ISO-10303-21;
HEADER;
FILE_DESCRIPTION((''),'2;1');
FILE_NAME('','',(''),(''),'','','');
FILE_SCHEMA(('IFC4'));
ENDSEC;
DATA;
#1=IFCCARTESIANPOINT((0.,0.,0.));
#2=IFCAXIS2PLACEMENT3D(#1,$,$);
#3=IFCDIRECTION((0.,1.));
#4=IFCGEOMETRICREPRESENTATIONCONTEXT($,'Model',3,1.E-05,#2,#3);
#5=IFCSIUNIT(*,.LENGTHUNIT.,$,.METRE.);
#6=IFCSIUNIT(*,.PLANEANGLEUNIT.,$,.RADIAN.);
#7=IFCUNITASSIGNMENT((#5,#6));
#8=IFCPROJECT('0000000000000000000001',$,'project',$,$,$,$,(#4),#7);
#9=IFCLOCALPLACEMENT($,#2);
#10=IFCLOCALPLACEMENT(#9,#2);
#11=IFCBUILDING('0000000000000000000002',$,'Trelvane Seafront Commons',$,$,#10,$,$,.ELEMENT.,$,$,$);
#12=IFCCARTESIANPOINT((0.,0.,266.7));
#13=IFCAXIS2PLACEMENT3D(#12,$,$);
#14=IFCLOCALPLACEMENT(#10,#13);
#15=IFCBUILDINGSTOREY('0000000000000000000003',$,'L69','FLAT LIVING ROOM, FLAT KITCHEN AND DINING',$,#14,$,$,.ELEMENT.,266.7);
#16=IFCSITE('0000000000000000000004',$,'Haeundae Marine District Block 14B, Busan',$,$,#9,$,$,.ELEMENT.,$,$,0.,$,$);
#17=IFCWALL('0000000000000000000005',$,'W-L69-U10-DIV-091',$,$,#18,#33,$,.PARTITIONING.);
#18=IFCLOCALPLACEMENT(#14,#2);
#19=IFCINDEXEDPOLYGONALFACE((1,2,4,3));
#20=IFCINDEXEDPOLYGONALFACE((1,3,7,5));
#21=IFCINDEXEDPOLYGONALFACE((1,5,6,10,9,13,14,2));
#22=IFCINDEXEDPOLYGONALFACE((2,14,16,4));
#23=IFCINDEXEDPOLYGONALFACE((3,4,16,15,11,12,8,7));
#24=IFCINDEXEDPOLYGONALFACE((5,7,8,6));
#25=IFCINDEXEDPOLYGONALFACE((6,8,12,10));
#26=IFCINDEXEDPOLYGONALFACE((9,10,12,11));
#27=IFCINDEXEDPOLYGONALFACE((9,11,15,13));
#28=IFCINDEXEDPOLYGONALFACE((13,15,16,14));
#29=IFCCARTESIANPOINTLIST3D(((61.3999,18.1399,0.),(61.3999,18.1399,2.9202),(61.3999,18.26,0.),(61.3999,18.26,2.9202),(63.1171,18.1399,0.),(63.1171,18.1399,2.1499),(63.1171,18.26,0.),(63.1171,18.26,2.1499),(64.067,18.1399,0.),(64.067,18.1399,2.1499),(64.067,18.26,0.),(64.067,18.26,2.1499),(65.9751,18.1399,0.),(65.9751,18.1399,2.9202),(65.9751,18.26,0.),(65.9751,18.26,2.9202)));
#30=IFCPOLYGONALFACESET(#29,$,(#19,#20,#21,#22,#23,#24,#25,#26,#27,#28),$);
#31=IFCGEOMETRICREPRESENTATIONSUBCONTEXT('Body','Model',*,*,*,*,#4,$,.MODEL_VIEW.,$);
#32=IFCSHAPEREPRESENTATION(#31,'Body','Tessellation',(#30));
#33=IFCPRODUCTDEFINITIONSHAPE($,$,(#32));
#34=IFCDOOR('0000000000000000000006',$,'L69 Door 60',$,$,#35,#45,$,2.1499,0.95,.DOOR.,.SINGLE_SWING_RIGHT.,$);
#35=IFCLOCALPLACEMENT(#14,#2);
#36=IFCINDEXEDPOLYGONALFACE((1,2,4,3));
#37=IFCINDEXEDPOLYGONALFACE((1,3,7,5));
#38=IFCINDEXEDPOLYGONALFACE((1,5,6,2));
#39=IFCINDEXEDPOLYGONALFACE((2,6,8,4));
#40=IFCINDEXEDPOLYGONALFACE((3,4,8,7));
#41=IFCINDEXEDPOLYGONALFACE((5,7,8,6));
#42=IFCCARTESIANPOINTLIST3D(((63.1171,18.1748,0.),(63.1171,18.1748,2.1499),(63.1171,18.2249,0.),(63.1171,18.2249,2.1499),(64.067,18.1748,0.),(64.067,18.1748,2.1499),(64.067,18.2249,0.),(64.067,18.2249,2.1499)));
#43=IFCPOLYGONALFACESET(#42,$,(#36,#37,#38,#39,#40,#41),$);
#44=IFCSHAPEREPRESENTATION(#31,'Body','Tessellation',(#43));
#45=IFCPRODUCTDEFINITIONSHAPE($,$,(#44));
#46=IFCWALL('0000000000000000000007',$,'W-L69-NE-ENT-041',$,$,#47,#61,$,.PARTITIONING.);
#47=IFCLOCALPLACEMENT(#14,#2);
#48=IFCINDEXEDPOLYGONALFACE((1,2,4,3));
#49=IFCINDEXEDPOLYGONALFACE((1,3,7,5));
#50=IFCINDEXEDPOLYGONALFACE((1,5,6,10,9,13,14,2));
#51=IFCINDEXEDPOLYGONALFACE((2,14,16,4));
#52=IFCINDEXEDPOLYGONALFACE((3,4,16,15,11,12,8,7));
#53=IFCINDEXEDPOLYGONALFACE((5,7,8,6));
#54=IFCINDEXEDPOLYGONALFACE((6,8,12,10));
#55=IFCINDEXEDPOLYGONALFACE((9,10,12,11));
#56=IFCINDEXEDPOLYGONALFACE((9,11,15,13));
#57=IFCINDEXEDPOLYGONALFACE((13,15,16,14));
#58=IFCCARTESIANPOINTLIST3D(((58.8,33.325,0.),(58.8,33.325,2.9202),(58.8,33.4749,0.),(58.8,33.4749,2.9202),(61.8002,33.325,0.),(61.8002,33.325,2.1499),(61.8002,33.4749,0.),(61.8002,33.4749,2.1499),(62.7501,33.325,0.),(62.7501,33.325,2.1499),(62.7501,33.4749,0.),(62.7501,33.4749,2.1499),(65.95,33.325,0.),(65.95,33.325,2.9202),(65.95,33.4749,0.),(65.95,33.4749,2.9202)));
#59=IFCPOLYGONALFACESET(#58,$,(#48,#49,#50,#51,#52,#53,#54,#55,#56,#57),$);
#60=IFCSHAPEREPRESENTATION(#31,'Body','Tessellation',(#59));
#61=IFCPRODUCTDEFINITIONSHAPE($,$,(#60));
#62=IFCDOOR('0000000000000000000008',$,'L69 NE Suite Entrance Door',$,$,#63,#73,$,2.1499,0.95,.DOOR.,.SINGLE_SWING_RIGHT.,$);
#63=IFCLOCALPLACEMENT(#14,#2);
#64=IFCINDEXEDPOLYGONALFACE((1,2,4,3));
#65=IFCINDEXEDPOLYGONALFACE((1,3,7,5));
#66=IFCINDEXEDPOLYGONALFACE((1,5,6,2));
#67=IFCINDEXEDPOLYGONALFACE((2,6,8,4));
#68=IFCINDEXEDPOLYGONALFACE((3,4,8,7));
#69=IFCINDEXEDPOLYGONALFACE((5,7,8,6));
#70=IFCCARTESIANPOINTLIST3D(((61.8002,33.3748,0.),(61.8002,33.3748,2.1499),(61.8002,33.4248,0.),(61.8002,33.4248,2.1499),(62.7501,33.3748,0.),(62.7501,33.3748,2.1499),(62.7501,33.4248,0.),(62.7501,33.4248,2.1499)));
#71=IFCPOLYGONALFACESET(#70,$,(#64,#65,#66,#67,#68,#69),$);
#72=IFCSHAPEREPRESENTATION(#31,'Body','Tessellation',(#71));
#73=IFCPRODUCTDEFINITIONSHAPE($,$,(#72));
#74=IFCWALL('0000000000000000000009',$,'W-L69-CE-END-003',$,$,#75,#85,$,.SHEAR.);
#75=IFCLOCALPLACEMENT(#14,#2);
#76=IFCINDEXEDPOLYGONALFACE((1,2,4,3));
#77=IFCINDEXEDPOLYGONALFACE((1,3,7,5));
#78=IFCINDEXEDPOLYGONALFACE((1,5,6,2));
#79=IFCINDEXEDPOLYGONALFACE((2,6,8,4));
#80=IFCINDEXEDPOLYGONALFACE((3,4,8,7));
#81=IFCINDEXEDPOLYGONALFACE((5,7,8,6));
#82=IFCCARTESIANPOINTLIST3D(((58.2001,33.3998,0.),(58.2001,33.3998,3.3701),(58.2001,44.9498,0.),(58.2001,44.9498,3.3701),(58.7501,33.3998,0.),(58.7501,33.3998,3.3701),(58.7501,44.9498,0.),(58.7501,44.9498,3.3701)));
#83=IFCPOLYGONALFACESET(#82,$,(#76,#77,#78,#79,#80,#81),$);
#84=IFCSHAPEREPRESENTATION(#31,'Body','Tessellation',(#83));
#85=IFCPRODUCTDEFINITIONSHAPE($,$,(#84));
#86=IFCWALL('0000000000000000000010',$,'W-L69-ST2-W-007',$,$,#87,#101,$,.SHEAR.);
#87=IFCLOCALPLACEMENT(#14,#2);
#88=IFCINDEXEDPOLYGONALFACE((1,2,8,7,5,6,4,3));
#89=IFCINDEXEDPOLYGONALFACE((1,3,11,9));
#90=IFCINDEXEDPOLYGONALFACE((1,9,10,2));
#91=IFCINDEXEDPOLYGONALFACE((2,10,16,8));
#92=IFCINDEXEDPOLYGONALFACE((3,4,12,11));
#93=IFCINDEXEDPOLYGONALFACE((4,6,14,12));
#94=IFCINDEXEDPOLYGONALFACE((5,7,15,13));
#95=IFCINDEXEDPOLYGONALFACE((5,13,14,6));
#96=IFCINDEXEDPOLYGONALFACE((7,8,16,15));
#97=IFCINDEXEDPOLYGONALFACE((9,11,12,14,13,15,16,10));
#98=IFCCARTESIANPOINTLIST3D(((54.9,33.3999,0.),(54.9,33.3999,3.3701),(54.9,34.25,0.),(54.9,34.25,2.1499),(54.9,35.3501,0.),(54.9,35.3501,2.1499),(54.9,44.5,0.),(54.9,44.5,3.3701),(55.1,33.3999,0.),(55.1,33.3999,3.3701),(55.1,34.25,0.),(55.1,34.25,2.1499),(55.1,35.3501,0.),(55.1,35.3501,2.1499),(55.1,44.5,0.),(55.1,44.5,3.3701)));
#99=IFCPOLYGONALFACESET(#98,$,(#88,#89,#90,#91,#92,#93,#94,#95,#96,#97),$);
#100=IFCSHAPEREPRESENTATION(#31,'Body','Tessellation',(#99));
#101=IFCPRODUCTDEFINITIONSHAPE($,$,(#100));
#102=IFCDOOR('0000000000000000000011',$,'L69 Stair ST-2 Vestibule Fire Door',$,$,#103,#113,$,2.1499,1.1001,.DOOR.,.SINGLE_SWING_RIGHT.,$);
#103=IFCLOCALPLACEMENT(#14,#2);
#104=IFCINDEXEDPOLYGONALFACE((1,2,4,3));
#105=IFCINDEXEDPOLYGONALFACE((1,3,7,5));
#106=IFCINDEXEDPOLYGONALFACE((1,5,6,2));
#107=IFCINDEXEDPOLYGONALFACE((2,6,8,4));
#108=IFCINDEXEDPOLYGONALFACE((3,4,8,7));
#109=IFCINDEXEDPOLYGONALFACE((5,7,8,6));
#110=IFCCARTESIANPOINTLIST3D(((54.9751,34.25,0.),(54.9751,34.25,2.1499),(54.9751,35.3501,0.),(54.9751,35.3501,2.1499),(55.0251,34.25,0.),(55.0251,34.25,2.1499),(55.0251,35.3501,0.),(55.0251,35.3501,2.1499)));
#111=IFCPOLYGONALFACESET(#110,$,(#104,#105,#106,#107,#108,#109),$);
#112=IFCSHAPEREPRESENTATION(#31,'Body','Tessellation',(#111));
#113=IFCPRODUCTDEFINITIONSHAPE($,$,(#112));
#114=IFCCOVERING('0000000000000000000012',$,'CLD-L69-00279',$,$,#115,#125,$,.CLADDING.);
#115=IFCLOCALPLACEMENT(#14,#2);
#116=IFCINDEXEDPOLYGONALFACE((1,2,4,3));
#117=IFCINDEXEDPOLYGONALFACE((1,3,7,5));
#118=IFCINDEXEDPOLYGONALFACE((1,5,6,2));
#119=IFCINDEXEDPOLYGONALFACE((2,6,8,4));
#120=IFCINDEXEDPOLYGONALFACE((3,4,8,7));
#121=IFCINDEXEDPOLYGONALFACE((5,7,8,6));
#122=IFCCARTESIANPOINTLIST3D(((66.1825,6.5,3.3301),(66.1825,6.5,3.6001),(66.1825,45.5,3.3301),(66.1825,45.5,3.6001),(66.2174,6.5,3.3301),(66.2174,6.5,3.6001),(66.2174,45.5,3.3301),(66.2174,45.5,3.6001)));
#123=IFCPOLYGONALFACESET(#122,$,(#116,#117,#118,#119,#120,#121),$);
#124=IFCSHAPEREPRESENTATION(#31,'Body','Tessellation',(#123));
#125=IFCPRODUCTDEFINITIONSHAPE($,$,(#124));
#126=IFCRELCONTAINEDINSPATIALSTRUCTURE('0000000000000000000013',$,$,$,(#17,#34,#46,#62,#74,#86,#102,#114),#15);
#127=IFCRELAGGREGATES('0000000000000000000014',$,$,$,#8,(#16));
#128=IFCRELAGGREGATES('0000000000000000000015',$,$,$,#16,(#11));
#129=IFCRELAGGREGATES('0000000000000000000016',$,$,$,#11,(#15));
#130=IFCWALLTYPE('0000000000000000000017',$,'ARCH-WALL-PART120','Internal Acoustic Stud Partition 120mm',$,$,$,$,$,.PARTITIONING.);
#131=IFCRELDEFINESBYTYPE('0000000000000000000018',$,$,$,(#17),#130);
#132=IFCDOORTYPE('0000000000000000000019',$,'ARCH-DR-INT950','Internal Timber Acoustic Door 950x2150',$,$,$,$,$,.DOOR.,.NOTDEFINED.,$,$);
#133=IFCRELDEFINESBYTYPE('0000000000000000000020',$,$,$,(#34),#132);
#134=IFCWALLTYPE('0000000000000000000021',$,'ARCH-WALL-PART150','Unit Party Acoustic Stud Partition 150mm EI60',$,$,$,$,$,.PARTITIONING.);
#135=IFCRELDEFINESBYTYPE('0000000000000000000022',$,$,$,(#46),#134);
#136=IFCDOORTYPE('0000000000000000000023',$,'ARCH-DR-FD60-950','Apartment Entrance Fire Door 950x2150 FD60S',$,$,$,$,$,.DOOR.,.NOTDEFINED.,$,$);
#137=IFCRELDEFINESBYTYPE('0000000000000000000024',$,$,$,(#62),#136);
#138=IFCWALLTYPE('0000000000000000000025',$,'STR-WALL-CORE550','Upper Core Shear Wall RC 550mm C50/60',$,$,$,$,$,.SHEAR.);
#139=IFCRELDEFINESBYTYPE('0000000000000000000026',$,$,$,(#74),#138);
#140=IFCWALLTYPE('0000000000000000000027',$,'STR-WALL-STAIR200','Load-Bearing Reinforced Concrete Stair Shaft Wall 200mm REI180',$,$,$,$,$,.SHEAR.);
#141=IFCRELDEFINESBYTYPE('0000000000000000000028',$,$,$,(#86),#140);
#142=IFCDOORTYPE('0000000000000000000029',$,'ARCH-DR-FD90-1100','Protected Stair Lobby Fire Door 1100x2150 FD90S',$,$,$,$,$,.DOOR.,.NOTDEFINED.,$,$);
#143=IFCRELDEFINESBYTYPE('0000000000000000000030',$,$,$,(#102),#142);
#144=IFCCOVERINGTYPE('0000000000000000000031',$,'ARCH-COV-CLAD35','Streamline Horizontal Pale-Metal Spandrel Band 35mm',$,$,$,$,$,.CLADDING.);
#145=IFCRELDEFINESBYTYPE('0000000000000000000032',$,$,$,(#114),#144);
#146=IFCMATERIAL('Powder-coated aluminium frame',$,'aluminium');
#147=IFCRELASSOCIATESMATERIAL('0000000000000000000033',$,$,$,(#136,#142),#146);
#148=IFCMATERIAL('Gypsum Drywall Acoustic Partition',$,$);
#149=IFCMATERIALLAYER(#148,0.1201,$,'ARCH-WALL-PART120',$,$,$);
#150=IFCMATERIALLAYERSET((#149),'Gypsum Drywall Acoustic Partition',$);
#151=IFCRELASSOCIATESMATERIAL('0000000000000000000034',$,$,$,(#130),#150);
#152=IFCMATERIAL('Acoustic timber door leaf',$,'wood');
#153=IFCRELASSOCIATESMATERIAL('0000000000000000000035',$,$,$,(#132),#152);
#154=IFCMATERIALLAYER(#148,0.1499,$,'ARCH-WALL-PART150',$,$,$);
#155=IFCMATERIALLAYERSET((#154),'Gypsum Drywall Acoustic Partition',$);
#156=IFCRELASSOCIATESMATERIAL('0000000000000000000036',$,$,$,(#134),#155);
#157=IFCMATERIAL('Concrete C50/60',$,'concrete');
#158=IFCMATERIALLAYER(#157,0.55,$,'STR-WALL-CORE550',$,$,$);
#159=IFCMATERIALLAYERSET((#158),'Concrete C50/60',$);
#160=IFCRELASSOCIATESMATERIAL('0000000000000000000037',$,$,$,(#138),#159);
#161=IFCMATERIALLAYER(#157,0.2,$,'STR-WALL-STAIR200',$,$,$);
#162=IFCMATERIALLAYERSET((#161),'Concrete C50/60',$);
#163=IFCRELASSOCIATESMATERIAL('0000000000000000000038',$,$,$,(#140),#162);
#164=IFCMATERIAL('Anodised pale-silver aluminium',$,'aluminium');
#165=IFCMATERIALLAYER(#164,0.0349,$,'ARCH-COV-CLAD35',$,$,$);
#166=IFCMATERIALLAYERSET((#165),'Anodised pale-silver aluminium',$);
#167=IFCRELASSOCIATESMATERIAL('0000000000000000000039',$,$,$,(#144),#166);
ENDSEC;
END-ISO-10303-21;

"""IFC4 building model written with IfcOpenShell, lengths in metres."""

from ifc_helpers import new_model, si_unit, direction, frame, frame_2d, origin, origin_2d, place, context, subcontext, project, spatial, rectangle, extrude, source, transform, mapped, material, layer, layer_set, type_object, element, fill, save


model = new_model("IFC4")

# Units and contexts
model_context = context("Model", 3, precision=1e-05, world=origin(), true_north=direction((0.0, 1.0)))
body_context = subcontext(model_context, "Body", "Model", "MODEL_VIEW")
ifc_project = project(units=[si_unit("LENGTHUNIT", "METRE"), si_unit("PLANEANGLEUNIT", "RADIAN")], contexts=[model_context])

# Site, building, storey
site_placement = place(None, origin())
site = spatial("IfcSite", under=ifc_project, at=site_placement, Name="Haeundae Marine District Block 14B, Busan", CompositionType="ELEMENT", RefElevation=0.0)
building_placement = place(site_placement, origin())
building = spatial("IfcBuilding", under=site, at=building_placement, Name="Trelvane Seafront Commons", CompositionType="ELEMENT")
storey_placement = place(building_placement, frame((0.0, 0.0, 266.7)))
storey = spatial("IfcBuildingStorey", under=building, at=storey_placement, Name="L69", Description="FLAT LIVING ROOM, FLAT KITCHEN AND DINING", CompositionType="ELEMENT", Elevation=266.7)

# Shared definitions
ifc_material_1 = material(Name="Concrete C50/60", Category="concrete")

# Shared definitions
ifc_material_2 = material(Name="Powder-coated aluminium frame", Category="aluminium")
door_type_1 = type_object("IfcDoorType", Name="ARCH-DR-FD60-950", Description="Apartment Entrance Fire Door 950x2150 FD60S", OperationType="NOTDEFINED", PredefinedType="DOOR", material=ifc_material_2)
shared_shape_1 = source(origin(), body_context, "Body", "SweptSolid", [
    extrude(rectangle(XDim=0.95, YDim=2.1499, at=frame_2d((0.4751, 1.075))), frame((0.0, 0.0249, 0.0), z_axis=(0.0, -1.0, 0.0), x_axis=(1.0, 0.0, 0.0)), (0.0, 0.0, 1.0), 0.05),
])
ifc_material_3 = material(Name="Gypsum Drywall Acoustic Partition")
ifc_layer_1 = layer(ifc_material_3, 0.1201, Name="ARCH-WALL-PART120")
ifc_layer_set_1 = layer_set([ifc_layer_1], Name="Gypsum Drywall Acoustic Partition")
wall_type_1 = type_object("IfcWallType", Name="ARCH-WALL-PART120", Description="Internal Acoustic Stud Partition 120mm", PredefinedType="PARTITIONING", material=ifc_layer_set_1)
ifc_material_4 = material(Name="Acoustic timber door leaf", Category="wood")
door_type_2 = type_object("IfcDoorType", Name="ARCH-DR-INT950", Description="Internal Timber Acoustic Door 950x2150", OperationType="NOTDEFINED", PredefinedType="DOOR", material=ifc_material_4)

# Walls, openings, doors
wall_1_placement = place(storey_placement, frame((61.3999, 18.2, 0.0), z_axis=(0.0, 0.0, 1.0), x_axis=(1.0, 0.0, 0.0)))
wall_1 = element("IfcWall", 1, at=wall_1_placement, inside=storey, type_object=wall_type_1, Name="W-L69-U10-DIV-091", PredefinedType="PARTITIONING", context=body_context, shape_type="SweptSolid", body=[
    extrude(rectangle(XDim=4.5752, YDim=0.1201, at=frame_2d((2.2876, 0.0))), origin(), (0.0, 0.0, 1.0), 2.9202),
])
opening_1_placement = place(wall_1_placement, frame((1.717, 0.0, 0.0)))
opening_1 = element("IfcOpeningElement", 2, at=opening_1_placement, cuts=wall_1, PredefinedType="OPENING", context=body_context, shape_type="SweptSolid", body=[
    extrude(rectangle(XDim=0.95, YDim=2.1499, at=frame_2d((0.4751, 1.075))), frame((0.0, 0.0701, 0.0), z_axis=(0.0, -1.0, 0.0), x_axis=(1.0, 0.0, 0.0)), (0.0, 0.0, 1.0), 0.1401),
])
door_1_placement = place(opening_1_placement, origin())
door_1 = element("IfcDoor", 3, at=door_1_placement, inside=storey, type_object=door_type_2, Name="L69 Door 60", OperationType="SINGLE_SWING_RIGHT", OverallHeight=2.1499, OverallWidth=0.95, PredefinedType="DOOR", context=body_context, shape_type="MappedRepresentation", body=[
    mapped(shared_shape_1, transform((0.0, 0.0, 0.0), x_axis=(1.0, 0.0, 0.0), y_axis=(0.0, 1.0, 0.0), z_axis=(0.0, 0.0, 1.0), scale=1.0)),
])
fill(opening_1, door_1)
ifc_layer_2 = layer(ifc_material_3, 0.1499, Name="ARCH-WALL-PART150")
ifc_layer_set_2 = layer_set([ifc_layer_2], Name="Gypsum Drywall Acoustic Partition")
wall_type_2 = type_object("IfcWallType", Name="ARCH-WALL-PART150", Description="Unit Party Acoustic Stud Partition 150mm EI60", PredefinedType="PARTITIONING", material=ifc_layer_set_2)
wall_2_placement = place(storey_placement, frame((58.8, 33.3999, 0.0), z_axis=(0.0, 0.0, 1.0), x_axis=(1.0, 0.0, 0.0)))
wall_2 = element("IfcWall", 4, at=wall_2_placement, inside=storey, type_object=wall_type_2, Name="W-L69-NE-ENT-041", PredefinedType="PARTITIONING", context=body_context, shape_type="SweptSolid", body=[
    extrude(rectangle(XDim=7.1499, YDim=0.1499, at=frame_2d((3.575, 0.0))), origin(), (0.0, 0.0, 1.0), 2.9202),
])
opening_2_placement = place(wall_2_placement, frame((3.0, 0.0, 0.0)))
opening_2 = element("IfcOpeningElement", 5, at=opening_2_placement, cuts=wall_2, PredefinedType="OPENING", context=body_context, shape_type="SweptSolid", body=[
    extrude(rectangle(XDim=0.95, YDim=2.1499, at=frame_2d((0.4751, 1.075))), frame((0.0, 0.085, 0.0), z_axis=(0.0, -1.0, 0.0), x_axis=(1.0, 0.0, 0.0)), (0.0, 0.0, 1.0), 0.1699),
])
door_2_placement = place(opening_2_placement, origin())
door_2 = element("IfcDoor", 6, at=door_2_placement, inside=storey, type_object=door_type_1, Name="L69 NE Suite Entrance Door", OperationType="SINGLE_SWING_RIGHT", OverallHeight=2.1499, OverallWidth=0.95, PredefinedType="DOOR", context=body_context, shape_type="MappedRepresentation", body=[
    mapped(shared_shape_1, transform((0.0, 0.0, 0.0), x_axis=(1.0, 0.0, 0.0), y_axis=(0.0, 1.0, 0.0), z_axis=(0.0, 0.0, 1.0), scale=1.0)),
])
fill(opening_2, door_2)

# Wall
ifc_layer_3 = layer(ifc_material_1, 0.55, Name="STR-WALL-CORE550")
ifc_layer_set_3 = layer_set([ifc_layer_3], Name="Concrete C50/60")
wall_type_3 = type_object("IfcWallType", Name="STR-WALL-CORE550", Description="Upper Core Shear Wall RC 550mm C50/60", PredefinedType="SHEAR", material=ifc_layer_set_3)
wall_3_placement = place(storey_placement, frame((58.4751, 33.3999, 0.0), z_axis=(0.0, 0.0, 1.0), x_axis=(0.0, 1.0, 0.0)))
element("IfcWall", 7, at=wall_3_placement, inside=storey, type_object=wall_type_3, Name="W-L69-CE-END-003", PredefinedType="SHEAR", context=body_context, shape_type="SweptSolid", body=[
    extrude(rectangle(XDim=11.55, YDim=0.55, at=frame_2d((5.7749, 0.0))), origin(), (0.0, 0.0, 1.0), 3.3701),
])

# Wall, opening, door
ifc_layer_4 = layer(ifc_material_1, 0.2, Name="STR-WALL-STAIR200")
ifc_layer_set_4 = layer_set([ifc_layer_4], Name="Concrete C50/60")
wall_type_4 = type_object("IfcWallType", Name="STR-WALL-STAIR200", Description="Load-Bearing Reinforced Concrete Stair Shaft Wall 200mm REI180", PredefinedType="SHEAR", material=ifc_layer_set_4)
wall_4_placement = place(storey_placement, frame((55.0, 33.3999, 0.0), z_axis=(0.0, 0.0, 1.0), x_axis=(0.0, 1.0, 0.0)))
wall_4 = element("IfcWall", 8, at=wall_4_placement, inside=storey, type_object=wall_type_4, Name="W-L69-ST2-W-007", PredefinedType="SHEAR", context=body_context, shape_type="SweptSolid", body=[
    extrude(rectangle(XDim=11.1001, YDim=0.2, at=frame_2d((5.55, 0.0))), origin(), (0.0, 0.0, 1.0), 3.3701),
])
opening_3_placement = place(wall_4_placement, frame((0.8501, 0.0, 0.0)))
opening_3 = element("IfcOpeningElement", 9, at=opening_3_placement, cuts=wall_4, PredefinedType="OPENING", context=body_context, shape_type="SweptSolid", body=[
    extrude(rectangle(XDim=1.1001, YDim=2.1499, at=frame_2d((0.55, 1.075))), frame((0.0, 0.1099, 0.0), z_axis=(0.0, -1.0, 0.0), x_axis=(1.0, 0.0, 0.0)), (0.0, 0.0, 1.0), 0.22),
])
door_type_3 = type_object("IfcDoorType", Name="ARCH-DR-FD90-1100", Description="Protected Stair Lobby Fire Door 1100x2150 FD90S", OperationType="NOTDEFINED", PredefinedType="DOOR", material=ifc_material_2)
shared_shape_2 = source(origin(), body_context, "Body", "SweptSolid", [
    extrude(rectangle(XDim=1.1001, YDim=2.1499, at=frame_2d((0.55, 1.075))), frame((0.0, 0.0249, 0.0), z_axis=(0.0, -1.0, 0.0), x_axis=(1.0, 0.0, 0.0)), (0.0, 0.0, 1.0), 0.05),
])
door_3_placement = place(opening_3_placement, origin())
door_3 = element("IfcDoor", 10, at=door_3_placement, inside=storey, type_object=door_type_3, Name="L69 Stair ST-2 Vestibule Fire Door", OperationType="SINGLE_SWING_RIGHT", OverallHeight=2.1499, OverallWidth=1.1001, PredefinedType="DOOR", context=body_context, shape_type="MappedRepresentation", body=[
    mapped(shared_shape_2, transform((0.0, 0.0, 0.0), x_axis=(1.0, 0.0, 0.0), y_axis=(0.0, 1.0, 0.0), z_axis=(0.0, 0.0, 1.0), scale=1.0)),
])
fill(opening_3, door_3)

# Covering
ifc_material_5 = material(Name="Anodised pale-silver aluminium", Category="aluminium")
ifc_layer_5 = layer(ifc_material_5, 0.0349, Name="ARCH-COV-CLAD35")
ifc_layer_set_5 = layer_set([ifc_layer_5], Name="Anodised pale-silver aluminium")
covering_type = type_object("IfcCoveringType", Name="ARCH-COV-CLAD35", Description="Streamline Horizontal Pale-Metal Spandrel Band 35mm", PredefinedType="CLADDING", material=ifc_layer_set_5)
shared_shape_3 = source(origin(), body_context, "Body", "SweptSolid", [
    extrude(rectangle(XDim=39.0, YDim=0.0349, at=origin_2d()), origin(), (0.0, 0.0, 1.0), 0.27),
])
covering_placement = place(storey_placement, frame((66.2, 26.0, 3.3301), z_axis=(0.0, 0.0, 1.0), x_axis=(0.0, -1.0, 0.0)))
element("IfcCovering", 11, at=covering_placement, inside=storey, type_object=covering_type, Name="CLD-L69-00279", PredefinedType="CLADDING", context=body_context, shape_type="MappedRepresentation", body=[
    mapped(shared_shape_3, transform((0.0, 0.0, 0.0), x_axis=(1.0, 0.0, 0.0), y_axis=(0.0, 1.0, 0.0), z_axis=(0.0, 0.0, 1.0), scale=1.0)),
])

save(model, "model.ifc")
